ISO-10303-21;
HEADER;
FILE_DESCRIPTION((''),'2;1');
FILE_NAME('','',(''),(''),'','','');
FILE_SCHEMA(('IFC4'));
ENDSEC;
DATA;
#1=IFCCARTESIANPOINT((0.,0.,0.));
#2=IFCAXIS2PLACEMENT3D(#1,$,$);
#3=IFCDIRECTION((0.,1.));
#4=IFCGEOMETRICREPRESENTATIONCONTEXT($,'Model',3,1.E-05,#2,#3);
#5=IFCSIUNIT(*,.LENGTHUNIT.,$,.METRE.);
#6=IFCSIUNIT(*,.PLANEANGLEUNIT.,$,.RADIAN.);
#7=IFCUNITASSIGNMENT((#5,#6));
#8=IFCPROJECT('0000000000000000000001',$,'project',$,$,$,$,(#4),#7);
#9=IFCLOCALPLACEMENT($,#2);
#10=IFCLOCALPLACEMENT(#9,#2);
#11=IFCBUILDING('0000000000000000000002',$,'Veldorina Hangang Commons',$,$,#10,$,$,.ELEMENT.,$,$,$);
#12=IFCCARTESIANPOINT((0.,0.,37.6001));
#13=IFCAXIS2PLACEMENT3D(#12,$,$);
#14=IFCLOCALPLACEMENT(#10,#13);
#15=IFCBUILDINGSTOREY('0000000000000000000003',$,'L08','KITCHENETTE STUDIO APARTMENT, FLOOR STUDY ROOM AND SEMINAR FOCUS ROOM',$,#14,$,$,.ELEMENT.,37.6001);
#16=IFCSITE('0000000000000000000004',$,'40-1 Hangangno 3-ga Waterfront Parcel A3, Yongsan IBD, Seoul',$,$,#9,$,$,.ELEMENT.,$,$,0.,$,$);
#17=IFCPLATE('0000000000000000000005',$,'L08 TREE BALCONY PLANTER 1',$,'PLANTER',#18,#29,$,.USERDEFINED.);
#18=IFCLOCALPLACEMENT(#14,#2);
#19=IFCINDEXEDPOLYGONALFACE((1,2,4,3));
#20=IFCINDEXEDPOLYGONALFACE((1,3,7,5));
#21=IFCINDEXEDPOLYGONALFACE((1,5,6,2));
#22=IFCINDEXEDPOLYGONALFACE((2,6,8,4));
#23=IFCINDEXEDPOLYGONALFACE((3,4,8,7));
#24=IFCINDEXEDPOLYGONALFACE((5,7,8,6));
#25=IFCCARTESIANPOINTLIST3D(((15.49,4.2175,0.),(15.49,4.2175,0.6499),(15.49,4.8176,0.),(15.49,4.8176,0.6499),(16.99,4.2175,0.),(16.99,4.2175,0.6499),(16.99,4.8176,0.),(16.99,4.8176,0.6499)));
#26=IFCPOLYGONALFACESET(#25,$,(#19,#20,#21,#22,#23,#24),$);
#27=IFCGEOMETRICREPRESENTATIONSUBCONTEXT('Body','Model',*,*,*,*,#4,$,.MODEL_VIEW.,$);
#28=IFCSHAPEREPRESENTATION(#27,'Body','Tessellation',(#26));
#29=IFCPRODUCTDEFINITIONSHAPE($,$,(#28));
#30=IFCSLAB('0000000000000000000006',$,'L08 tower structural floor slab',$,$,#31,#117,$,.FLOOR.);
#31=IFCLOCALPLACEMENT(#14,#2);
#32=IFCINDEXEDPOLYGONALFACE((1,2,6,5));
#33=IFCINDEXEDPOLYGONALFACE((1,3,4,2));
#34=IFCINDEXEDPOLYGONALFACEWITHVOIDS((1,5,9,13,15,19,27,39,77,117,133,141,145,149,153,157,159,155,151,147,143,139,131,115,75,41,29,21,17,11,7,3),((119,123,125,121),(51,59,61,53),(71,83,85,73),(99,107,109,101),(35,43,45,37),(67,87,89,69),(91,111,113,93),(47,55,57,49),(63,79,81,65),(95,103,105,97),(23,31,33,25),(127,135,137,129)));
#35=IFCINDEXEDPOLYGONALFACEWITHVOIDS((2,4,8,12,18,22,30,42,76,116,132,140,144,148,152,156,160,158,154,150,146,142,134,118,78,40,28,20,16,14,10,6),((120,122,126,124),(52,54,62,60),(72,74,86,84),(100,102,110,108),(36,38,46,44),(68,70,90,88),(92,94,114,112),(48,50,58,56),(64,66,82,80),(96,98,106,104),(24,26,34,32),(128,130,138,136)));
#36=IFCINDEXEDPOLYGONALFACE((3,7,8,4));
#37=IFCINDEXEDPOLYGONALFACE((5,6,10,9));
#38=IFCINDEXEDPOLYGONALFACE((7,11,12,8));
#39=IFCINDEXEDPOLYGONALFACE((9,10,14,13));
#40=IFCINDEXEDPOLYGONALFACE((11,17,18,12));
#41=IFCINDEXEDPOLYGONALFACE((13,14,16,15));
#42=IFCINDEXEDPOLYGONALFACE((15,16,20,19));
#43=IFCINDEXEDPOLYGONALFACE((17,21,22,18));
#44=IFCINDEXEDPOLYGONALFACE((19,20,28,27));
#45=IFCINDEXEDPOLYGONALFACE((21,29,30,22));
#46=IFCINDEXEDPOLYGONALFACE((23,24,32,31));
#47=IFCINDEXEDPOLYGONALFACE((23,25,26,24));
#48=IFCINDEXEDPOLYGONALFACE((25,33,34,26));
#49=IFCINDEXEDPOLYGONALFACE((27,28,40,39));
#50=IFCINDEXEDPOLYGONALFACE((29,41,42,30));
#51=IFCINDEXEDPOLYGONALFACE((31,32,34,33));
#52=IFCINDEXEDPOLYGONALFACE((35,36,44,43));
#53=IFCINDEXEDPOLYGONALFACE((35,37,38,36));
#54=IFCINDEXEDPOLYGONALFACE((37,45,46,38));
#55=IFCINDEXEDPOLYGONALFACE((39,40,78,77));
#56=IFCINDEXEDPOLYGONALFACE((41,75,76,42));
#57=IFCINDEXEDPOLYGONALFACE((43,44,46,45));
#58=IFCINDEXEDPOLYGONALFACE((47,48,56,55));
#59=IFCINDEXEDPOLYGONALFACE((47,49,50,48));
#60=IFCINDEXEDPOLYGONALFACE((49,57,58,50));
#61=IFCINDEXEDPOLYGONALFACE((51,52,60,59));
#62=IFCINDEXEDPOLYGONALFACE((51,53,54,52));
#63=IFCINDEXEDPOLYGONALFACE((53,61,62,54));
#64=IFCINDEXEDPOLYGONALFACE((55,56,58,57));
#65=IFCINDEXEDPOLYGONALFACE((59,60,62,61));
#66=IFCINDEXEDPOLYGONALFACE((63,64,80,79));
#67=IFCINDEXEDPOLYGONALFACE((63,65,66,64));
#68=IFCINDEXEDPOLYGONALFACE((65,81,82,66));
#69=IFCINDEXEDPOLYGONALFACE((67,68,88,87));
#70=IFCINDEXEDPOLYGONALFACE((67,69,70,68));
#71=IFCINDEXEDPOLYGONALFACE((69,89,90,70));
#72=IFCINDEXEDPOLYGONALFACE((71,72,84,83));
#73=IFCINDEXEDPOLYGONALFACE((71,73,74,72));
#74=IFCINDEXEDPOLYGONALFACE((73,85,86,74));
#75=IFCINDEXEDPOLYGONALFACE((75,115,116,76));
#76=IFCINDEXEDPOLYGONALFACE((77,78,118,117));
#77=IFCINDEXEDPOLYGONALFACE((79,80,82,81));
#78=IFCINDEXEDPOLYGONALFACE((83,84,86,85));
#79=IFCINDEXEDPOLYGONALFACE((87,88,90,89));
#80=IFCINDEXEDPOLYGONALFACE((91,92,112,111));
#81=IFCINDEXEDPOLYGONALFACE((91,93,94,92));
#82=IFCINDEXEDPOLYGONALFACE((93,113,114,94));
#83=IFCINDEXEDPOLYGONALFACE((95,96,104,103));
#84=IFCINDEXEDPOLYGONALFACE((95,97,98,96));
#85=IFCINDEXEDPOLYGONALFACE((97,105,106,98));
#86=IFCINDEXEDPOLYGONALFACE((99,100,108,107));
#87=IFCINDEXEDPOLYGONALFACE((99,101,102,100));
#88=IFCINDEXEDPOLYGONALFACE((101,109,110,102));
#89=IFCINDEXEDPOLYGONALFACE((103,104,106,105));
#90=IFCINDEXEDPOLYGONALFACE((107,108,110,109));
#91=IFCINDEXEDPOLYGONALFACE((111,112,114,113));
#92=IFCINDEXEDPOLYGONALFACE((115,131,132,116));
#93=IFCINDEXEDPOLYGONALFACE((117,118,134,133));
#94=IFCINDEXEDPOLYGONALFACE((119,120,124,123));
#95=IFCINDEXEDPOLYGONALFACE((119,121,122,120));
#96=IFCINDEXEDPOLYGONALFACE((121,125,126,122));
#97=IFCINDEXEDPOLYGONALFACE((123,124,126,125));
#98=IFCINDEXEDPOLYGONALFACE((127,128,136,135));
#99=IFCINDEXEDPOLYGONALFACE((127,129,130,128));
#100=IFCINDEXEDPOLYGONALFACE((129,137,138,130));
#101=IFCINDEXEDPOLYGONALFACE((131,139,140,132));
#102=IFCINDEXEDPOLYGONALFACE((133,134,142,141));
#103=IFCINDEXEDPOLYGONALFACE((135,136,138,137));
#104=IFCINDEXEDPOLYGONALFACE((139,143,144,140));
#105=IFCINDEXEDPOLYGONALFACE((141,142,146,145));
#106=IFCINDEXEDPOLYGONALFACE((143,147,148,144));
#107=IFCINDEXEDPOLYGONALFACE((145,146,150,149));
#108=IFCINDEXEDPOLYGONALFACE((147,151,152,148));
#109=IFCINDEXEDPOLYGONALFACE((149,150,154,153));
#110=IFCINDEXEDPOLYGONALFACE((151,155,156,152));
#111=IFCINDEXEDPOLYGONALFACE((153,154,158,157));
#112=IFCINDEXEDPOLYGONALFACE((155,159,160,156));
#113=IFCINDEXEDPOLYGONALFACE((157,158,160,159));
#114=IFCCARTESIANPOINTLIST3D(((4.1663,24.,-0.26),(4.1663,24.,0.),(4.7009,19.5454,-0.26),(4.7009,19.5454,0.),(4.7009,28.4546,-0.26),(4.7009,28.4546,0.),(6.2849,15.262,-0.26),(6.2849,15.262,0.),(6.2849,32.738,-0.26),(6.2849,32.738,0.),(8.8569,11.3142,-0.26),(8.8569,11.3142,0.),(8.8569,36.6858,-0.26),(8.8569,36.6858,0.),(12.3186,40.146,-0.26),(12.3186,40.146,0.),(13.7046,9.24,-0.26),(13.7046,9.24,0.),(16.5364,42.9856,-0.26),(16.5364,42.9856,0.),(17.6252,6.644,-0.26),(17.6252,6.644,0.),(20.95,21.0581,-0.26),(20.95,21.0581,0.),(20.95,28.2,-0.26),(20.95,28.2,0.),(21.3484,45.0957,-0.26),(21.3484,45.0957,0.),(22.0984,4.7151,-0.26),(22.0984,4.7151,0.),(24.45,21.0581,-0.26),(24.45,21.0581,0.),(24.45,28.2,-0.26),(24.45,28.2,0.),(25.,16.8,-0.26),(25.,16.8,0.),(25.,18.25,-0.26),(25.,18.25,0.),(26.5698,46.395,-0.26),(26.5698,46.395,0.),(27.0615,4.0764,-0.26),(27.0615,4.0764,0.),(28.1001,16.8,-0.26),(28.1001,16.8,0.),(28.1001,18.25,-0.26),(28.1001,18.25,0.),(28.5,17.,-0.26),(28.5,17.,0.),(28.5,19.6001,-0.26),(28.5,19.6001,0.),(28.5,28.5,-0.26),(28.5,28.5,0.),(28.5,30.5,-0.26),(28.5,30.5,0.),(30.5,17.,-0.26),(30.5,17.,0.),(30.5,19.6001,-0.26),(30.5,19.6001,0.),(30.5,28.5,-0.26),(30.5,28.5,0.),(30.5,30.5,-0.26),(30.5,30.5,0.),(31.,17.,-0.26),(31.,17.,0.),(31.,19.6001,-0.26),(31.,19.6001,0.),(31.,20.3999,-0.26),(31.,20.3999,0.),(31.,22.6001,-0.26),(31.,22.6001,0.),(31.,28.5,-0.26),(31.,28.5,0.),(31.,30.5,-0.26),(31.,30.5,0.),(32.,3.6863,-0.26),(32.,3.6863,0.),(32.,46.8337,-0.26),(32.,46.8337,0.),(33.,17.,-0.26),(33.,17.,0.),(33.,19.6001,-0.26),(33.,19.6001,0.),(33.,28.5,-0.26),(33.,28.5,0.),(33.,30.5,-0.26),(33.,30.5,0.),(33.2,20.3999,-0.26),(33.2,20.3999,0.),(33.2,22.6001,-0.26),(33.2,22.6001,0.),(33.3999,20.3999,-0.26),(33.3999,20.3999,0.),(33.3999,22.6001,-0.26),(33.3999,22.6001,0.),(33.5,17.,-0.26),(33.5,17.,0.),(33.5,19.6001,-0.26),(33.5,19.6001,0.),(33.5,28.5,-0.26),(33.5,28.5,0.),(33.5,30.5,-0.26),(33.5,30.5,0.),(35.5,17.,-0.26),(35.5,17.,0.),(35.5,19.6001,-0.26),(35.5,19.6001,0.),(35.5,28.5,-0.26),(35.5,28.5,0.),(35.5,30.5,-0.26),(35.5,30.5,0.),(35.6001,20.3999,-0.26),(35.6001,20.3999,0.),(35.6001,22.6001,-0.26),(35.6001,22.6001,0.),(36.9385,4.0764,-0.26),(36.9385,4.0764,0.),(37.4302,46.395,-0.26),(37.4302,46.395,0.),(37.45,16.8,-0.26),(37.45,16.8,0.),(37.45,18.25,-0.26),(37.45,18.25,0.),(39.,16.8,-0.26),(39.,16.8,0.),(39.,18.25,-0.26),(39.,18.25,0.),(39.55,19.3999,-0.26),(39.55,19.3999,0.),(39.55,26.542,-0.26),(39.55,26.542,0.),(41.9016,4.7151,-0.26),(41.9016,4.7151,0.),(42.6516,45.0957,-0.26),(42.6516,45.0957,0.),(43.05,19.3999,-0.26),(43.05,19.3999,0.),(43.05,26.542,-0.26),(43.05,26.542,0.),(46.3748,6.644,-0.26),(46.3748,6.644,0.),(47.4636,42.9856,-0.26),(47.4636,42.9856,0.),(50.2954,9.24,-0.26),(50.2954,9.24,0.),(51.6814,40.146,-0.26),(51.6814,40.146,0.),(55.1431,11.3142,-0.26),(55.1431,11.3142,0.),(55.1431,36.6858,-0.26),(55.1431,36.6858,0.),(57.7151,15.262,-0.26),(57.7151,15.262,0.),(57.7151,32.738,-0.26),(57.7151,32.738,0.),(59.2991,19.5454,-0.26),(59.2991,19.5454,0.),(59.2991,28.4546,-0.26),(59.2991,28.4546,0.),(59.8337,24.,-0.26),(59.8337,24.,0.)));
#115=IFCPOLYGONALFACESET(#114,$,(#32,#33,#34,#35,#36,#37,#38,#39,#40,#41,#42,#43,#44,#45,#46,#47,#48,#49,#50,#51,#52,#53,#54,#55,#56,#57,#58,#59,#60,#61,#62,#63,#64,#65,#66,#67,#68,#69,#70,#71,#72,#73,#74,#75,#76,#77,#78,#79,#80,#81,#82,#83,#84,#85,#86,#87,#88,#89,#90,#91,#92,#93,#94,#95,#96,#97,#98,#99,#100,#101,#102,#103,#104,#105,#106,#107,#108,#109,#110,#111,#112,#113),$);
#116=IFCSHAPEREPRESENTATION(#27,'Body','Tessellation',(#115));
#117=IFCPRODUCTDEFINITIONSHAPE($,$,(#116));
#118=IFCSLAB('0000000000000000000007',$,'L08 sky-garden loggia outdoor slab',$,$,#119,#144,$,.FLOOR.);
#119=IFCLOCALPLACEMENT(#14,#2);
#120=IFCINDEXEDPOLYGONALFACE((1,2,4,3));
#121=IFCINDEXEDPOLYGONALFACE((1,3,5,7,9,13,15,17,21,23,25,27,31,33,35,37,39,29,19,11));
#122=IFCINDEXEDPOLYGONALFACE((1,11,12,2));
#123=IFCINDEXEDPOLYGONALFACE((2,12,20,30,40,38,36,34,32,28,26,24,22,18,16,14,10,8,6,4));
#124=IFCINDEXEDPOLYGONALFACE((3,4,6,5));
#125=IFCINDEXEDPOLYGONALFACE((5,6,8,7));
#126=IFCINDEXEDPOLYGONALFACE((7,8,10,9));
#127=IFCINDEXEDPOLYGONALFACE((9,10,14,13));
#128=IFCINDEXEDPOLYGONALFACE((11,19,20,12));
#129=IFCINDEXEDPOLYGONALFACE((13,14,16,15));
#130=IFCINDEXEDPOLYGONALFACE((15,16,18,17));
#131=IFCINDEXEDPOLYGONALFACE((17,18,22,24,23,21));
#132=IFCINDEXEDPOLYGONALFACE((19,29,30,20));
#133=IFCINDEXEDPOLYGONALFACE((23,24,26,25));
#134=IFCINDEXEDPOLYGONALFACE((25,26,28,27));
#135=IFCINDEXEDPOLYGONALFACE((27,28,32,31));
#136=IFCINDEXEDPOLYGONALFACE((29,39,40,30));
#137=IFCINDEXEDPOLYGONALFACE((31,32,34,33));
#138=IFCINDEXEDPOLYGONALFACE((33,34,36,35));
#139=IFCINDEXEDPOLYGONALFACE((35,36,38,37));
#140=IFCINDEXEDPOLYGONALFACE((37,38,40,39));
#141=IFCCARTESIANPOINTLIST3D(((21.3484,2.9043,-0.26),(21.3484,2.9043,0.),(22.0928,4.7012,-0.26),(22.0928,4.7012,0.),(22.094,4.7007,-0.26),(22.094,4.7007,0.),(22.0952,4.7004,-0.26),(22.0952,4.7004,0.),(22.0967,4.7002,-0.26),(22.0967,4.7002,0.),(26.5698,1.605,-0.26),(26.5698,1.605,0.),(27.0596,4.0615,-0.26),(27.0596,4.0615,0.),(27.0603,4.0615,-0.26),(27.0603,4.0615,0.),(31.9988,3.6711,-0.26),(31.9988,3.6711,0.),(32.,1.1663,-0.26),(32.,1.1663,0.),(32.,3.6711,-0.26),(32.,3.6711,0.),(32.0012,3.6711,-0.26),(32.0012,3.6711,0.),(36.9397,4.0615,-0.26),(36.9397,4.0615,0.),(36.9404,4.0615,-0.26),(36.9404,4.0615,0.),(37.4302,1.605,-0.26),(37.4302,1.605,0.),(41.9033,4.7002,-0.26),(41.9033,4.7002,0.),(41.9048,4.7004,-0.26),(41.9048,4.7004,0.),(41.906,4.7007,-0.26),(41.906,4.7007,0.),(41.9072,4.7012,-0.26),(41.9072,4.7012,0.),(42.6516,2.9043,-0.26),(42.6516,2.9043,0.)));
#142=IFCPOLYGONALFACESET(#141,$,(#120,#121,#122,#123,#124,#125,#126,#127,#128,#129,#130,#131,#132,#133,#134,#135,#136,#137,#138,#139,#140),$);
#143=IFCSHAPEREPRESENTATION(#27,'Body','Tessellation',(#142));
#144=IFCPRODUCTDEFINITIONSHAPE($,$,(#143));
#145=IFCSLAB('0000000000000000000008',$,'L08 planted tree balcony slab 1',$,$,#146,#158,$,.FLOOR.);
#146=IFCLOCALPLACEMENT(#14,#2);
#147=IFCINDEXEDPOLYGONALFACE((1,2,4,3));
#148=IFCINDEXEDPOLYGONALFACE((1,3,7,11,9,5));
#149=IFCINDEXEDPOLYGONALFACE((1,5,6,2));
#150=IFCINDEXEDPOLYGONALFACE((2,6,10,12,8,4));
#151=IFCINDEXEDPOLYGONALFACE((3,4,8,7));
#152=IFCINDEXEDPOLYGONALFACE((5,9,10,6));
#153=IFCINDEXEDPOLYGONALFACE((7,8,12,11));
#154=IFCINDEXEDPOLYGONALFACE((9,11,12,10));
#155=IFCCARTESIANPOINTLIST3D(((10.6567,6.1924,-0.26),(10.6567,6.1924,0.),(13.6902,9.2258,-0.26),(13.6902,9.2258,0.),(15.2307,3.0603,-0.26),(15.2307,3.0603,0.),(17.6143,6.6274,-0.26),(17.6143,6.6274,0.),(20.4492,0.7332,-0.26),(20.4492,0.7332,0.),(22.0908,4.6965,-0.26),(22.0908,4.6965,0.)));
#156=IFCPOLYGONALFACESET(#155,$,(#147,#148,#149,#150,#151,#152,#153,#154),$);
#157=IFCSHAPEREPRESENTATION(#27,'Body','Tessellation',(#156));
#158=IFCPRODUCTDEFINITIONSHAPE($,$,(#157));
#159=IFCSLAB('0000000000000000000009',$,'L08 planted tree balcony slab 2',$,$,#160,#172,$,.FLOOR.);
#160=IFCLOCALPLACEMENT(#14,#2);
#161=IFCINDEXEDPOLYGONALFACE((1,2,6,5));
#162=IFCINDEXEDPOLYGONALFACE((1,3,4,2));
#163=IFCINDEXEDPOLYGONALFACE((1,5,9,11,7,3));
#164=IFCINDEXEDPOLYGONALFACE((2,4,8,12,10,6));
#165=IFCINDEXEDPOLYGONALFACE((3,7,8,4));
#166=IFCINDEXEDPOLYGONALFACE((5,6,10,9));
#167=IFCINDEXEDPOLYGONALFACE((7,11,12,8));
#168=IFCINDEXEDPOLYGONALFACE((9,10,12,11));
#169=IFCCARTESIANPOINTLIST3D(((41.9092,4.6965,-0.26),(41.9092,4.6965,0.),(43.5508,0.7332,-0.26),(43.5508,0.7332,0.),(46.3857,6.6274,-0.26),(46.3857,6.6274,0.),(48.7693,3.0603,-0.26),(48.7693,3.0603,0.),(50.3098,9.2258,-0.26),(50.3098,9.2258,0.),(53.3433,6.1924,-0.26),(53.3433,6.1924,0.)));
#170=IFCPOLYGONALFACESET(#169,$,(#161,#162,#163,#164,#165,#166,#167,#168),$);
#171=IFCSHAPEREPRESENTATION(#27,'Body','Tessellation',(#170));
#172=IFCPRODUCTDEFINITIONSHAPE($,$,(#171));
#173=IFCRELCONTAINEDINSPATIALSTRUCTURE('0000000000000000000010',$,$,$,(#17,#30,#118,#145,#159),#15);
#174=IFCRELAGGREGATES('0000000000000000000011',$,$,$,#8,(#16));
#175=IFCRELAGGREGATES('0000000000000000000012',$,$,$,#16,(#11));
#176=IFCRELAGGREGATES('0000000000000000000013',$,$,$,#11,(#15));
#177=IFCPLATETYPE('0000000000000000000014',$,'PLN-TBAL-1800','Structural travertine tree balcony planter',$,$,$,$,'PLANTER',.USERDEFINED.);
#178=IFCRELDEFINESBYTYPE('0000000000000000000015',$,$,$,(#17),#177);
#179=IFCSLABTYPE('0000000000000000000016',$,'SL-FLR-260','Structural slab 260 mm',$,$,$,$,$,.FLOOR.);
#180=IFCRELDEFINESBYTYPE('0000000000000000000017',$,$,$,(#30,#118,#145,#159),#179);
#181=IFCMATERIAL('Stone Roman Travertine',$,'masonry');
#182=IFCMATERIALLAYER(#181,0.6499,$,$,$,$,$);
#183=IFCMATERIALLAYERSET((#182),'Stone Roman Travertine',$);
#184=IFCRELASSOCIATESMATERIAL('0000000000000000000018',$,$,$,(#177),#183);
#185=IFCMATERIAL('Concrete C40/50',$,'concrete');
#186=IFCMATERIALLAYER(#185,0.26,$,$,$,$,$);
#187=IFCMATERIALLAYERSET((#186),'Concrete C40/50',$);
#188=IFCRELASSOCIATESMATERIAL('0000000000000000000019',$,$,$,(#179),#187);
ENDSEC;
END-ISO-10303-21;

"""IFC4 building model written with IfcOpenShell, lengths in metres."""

from ifc_helpers import new_model, si_unit, direction, frame, origin, origin_2d, place, context, subcontext, project, spatial, polyline, rectangle, outline, extrude, material, layer, layer_set, type_object, element, save


model = new_model("IFC4")

# Units and contexts
model_context = context("Model", 3, precision=1e-05, world=origin(), true_north=direction((0.0, 1.0)))
body_context = subcontext(model_context, "Body", "Model", "MODEL_VIEW")
ifc_project = project(units=[si_unit("LENGTHUNIT", "METRE"), si_unit("PLANEANGLEUNIT", "RADIAN")], contexts=[model_context])

# Site, building, storey
site_placement = place(None, origin())
site = spatial("IfcSite", under=ifc_project, at=site_placement, Name="40-1 Hangangno 3-ga Waterfront Parcel A3, Yongsan IBD, Seoul", CompositionType="ELEMENT", RefElevation=0.0)
building_placement = place(site_placement, origin())
building = spatial("IfcBuilding", under=site, at=building_placement, Name="Veldorina Hangang Commons", CompositionType="ELEMENT")
storey_placement = place(building_placement, frame((0.0, 0.0, 37.6001)))
storey = spatial("IfcBuildingStorey", under=building, at=storey_placement, Name="L08", Description="KITCHENETTE STUDIO APARTMENT, FLOOR STUDY ROOM AND SEMINAR FOCUS ROOM", CompositionType="ELEMENT", Elevation=37.6001)

# Plate
ifc_material_1 = material(Name="Stone Roman Travertine", Category="masonry")
ifc_layer_1 = layer(ifc_material_1, 0.6499)
ifc_layer_set_1 = layer_set([ifc_layer_1], Name="Stone Roman Travertine")
plate_type_1 = type_object("IfcPlateType", Name="PLN-TBAL-1800", Description="Structural travertine tree balcony planter", ElementType="PLANTER", PredefinedType="USERDEFINED", material=ifc_layer_set_1)
plate_1_placement = place(storey_placement, frame((16.24, 4.5176, 0.0), z_axis=(0.0, 0.0, 1.0), x_axis=(1.0, 0.0, 0.0)))
element("IfcPlate", 1, at=plate_1_placement, inside=storey, type_object=plate_type_1, Name="L08 TREE BALCONY PLANTER 1", ObjectType="PLANTER", PredefinedType="USERDEFINED", context=body_context, shape_type="SweptSolid", body=[
    extrude(rectangle(XDim=1.5, YDim=0.6001, at=origin_2d()), origin(), (0.0, 0.0, 1.0), 0.6499),
])

# Slabs
ifc_material_2 = material(Name="Concrete C40/50", Category="concrete")
ifc_layer_2 = layer(ifc_material_2, 0.26)
ifc_layer_set_2 = layer_set([ifc_layer_2], Name="Concrete C40/50")
slab_type_1 = type_object("IfcSlabType", Name="SL-FLR-260", Description="Structural slab 260 mm", PredefinedType="FLOOR", material=ifc_layer_set_2)
slab_1_placement = place(storey_placement, frame((0.0, 0.0, -0.26)))
element("IfcSlab", 2, at=slab_1_placement, inside=storey, type_object=slab_type_1, Name="L08 tower structural floor slab", PredefinedType="FLOOR", context=body_context, shape_type="SweptSolid", body=[
    extrude(outline(polyline([(59.8337, 24.0), (59.2991, 28.4546), (57.7151, 32.738), (55.1431, 36.6858), (51.6814, 40.146), (47.4636, 42.9856), (42.6516, 45.0957), (37.4302, 46.395), (32.0, 46.8337), (26.5698, 46.395), (21.3484, 45.0957), (16.5364, 42.9856), (12.3186, 40.146), (8.8569, 36.6858), (6.2849, 32.738), (4.7009, 28.4546), (4.1663, 24.0), (4.7009, 19.5454), (6.2849, 15.262), (8.8569, 11.3142), (13.7046, 9.24), (17.6252, 6.644), (22.0984, 4.7151), (27.0615, 4.0764), (32.0, 3.6863), (36.9385, 4.0764), (41.9016, 4.7151), (46.3748, 6.644), (50.2954, 9.24), (55.1431, 11.3142), (57.7151, 15.262), (59.2991, 19.5454), (59.8337, 24.0)]), holes=[polyline([(20.95, 21.0581), (20.95, 28.2), (24.45, 28.2), (24.45, 21.0581), (20.95, 21.0581)]), polyline([(43.05, 26.542), (43.05, 19.3999), (39.55, 19.3999), (39.55, 26.542), (43.05, 26.542)]), polyline([(28.5, 30.5), (30.5, 30.5), (30.5, 28.5), (28.5, 28.5), (28.5, 30.5)]), polyline([(31.0, 30.5), (33.0, 30.5), (33.0, 28.5), (31.0, 28.5), (31.0, 30.5)]), polyline([(33.5, 30.5), (35.5, 30.5), (35.5, 28.5), (33.5, 28.5), (33.5, 30.5)]), polyline([(31.0, 22.6001), (33.2, 22.6001), (33.2, 20.3999), (31.0, 20.3999), (31.0, 22.6001)]), polyline([(33.3999, 22.6001), (35.6001, 22.6001), (35.6001, 20.3999), (33.3999, 20.3999), (33.3999, 22.6001)]), polyline([(28.5, 19.6001), (30.5, 19.6001), (30.5, 17.0), (28.5, 17.0), (28.5, 19.6001)]), polyline([(31.0, 19.6001), (33.0, 19.6001), (33.0, 17.0), (31.0, 17.0), (31.0, 19.6001)]), polyline([(33.5, 19.6001), (35.5, 19.6001), (35.5, 17.0), (33.5, 17.0), (33.5, 19.6001)]), polyline([(25.0, 18.25), (28.1001, 18.25), (28.1001, 16.8), (25.0, 16.8), (25.0, 18.25)]), polyline([(37.45, 18.25), (39.0, 18.25), (39.0, 16.8), (37.45, 16.8), (37.45, 18.25)])]), origin(), (0.0, 0.0, 1.0), 0.26),
])
slab_2_placement = place(storey_placement, frame((0.0, 0.0, -0.26)))
element("IfcSlab", 3, at=slab_2_placement, inside=storey, type_object=slab_type_1, Name="L08 sky-garden loggia outdoor slab", PredefinedType="FLOOR", context=body_context, shape_type="SweptSolid", body=[
    extrude(outline(polyline([(42.6516, 2.9043), (37.4302, 1.605), (32.0, 1.1663), (26.5698, 1.605), (21.3484, 2.9043), (22.0928, 4.7012), (22.094, 4.7007), (22.0952, 4.7004), (22.0967, 4.7002), (27.0596, 4.0615), (27.0603, 4.0615), (31.9988, 3.6711), (32.0, 3.6711), (32.0012, 3.6711), (36.9397, 4.0615), (36.9404, 4.0615), (41.9033, 4.7002), (41.9048, 4.7004), (41.906, 4.7007), (41.9072, 4.7012), (42.6516, 2.9043)])), origin(), (0.0, 0.0, 1.0), 0.26),
])
slab_3_placement = place(storey_placement, frame((0.0, 0.0, -0.26)))
element("IfcSlab", 4, at=slab_3_placement, inside=storey, type_object=slab_type_1, Name="L08 planted tree balcony slab 1", PredefinedType="FLOOR", context=body_context, shape_type="SweptSolid", body=[
    extrude(outline(polyline([(17.6143, 6.6274), (22.0908, 4.6965), (20.4492, 0.7332), (15.2307, 3.0603), (10.6567, 6.1924), (13.6902, 9.2258), (17.6143, 6.6274)])), origin(), (0.0, 0.0, 1.0), 0.26),
])
slab_4_placement = place(storey_placement, frame((0.0, 0.0, -0.26)))
element("IfcSlab", 5, at=slab_4_placement, inside=storey, type_object=slab_type_1, Name="L08 planted tree balcony slab 2", PredefinedType="FLOOR", context=body_context, shape_type="SweptSolid", body=[
    extrude(outline(polyline([(46.3857, 6.6274), (50.3098, 9.2258), (53.3433, 6.1924), (48.7693, 3.0603), (43.5508, 0.7332), (41.9092, 4.6965), (46.3857, 6.6274)])), origin(), (0.0, 0.0, 1.0), 0.26),
])

save(model, "model.ifc")
